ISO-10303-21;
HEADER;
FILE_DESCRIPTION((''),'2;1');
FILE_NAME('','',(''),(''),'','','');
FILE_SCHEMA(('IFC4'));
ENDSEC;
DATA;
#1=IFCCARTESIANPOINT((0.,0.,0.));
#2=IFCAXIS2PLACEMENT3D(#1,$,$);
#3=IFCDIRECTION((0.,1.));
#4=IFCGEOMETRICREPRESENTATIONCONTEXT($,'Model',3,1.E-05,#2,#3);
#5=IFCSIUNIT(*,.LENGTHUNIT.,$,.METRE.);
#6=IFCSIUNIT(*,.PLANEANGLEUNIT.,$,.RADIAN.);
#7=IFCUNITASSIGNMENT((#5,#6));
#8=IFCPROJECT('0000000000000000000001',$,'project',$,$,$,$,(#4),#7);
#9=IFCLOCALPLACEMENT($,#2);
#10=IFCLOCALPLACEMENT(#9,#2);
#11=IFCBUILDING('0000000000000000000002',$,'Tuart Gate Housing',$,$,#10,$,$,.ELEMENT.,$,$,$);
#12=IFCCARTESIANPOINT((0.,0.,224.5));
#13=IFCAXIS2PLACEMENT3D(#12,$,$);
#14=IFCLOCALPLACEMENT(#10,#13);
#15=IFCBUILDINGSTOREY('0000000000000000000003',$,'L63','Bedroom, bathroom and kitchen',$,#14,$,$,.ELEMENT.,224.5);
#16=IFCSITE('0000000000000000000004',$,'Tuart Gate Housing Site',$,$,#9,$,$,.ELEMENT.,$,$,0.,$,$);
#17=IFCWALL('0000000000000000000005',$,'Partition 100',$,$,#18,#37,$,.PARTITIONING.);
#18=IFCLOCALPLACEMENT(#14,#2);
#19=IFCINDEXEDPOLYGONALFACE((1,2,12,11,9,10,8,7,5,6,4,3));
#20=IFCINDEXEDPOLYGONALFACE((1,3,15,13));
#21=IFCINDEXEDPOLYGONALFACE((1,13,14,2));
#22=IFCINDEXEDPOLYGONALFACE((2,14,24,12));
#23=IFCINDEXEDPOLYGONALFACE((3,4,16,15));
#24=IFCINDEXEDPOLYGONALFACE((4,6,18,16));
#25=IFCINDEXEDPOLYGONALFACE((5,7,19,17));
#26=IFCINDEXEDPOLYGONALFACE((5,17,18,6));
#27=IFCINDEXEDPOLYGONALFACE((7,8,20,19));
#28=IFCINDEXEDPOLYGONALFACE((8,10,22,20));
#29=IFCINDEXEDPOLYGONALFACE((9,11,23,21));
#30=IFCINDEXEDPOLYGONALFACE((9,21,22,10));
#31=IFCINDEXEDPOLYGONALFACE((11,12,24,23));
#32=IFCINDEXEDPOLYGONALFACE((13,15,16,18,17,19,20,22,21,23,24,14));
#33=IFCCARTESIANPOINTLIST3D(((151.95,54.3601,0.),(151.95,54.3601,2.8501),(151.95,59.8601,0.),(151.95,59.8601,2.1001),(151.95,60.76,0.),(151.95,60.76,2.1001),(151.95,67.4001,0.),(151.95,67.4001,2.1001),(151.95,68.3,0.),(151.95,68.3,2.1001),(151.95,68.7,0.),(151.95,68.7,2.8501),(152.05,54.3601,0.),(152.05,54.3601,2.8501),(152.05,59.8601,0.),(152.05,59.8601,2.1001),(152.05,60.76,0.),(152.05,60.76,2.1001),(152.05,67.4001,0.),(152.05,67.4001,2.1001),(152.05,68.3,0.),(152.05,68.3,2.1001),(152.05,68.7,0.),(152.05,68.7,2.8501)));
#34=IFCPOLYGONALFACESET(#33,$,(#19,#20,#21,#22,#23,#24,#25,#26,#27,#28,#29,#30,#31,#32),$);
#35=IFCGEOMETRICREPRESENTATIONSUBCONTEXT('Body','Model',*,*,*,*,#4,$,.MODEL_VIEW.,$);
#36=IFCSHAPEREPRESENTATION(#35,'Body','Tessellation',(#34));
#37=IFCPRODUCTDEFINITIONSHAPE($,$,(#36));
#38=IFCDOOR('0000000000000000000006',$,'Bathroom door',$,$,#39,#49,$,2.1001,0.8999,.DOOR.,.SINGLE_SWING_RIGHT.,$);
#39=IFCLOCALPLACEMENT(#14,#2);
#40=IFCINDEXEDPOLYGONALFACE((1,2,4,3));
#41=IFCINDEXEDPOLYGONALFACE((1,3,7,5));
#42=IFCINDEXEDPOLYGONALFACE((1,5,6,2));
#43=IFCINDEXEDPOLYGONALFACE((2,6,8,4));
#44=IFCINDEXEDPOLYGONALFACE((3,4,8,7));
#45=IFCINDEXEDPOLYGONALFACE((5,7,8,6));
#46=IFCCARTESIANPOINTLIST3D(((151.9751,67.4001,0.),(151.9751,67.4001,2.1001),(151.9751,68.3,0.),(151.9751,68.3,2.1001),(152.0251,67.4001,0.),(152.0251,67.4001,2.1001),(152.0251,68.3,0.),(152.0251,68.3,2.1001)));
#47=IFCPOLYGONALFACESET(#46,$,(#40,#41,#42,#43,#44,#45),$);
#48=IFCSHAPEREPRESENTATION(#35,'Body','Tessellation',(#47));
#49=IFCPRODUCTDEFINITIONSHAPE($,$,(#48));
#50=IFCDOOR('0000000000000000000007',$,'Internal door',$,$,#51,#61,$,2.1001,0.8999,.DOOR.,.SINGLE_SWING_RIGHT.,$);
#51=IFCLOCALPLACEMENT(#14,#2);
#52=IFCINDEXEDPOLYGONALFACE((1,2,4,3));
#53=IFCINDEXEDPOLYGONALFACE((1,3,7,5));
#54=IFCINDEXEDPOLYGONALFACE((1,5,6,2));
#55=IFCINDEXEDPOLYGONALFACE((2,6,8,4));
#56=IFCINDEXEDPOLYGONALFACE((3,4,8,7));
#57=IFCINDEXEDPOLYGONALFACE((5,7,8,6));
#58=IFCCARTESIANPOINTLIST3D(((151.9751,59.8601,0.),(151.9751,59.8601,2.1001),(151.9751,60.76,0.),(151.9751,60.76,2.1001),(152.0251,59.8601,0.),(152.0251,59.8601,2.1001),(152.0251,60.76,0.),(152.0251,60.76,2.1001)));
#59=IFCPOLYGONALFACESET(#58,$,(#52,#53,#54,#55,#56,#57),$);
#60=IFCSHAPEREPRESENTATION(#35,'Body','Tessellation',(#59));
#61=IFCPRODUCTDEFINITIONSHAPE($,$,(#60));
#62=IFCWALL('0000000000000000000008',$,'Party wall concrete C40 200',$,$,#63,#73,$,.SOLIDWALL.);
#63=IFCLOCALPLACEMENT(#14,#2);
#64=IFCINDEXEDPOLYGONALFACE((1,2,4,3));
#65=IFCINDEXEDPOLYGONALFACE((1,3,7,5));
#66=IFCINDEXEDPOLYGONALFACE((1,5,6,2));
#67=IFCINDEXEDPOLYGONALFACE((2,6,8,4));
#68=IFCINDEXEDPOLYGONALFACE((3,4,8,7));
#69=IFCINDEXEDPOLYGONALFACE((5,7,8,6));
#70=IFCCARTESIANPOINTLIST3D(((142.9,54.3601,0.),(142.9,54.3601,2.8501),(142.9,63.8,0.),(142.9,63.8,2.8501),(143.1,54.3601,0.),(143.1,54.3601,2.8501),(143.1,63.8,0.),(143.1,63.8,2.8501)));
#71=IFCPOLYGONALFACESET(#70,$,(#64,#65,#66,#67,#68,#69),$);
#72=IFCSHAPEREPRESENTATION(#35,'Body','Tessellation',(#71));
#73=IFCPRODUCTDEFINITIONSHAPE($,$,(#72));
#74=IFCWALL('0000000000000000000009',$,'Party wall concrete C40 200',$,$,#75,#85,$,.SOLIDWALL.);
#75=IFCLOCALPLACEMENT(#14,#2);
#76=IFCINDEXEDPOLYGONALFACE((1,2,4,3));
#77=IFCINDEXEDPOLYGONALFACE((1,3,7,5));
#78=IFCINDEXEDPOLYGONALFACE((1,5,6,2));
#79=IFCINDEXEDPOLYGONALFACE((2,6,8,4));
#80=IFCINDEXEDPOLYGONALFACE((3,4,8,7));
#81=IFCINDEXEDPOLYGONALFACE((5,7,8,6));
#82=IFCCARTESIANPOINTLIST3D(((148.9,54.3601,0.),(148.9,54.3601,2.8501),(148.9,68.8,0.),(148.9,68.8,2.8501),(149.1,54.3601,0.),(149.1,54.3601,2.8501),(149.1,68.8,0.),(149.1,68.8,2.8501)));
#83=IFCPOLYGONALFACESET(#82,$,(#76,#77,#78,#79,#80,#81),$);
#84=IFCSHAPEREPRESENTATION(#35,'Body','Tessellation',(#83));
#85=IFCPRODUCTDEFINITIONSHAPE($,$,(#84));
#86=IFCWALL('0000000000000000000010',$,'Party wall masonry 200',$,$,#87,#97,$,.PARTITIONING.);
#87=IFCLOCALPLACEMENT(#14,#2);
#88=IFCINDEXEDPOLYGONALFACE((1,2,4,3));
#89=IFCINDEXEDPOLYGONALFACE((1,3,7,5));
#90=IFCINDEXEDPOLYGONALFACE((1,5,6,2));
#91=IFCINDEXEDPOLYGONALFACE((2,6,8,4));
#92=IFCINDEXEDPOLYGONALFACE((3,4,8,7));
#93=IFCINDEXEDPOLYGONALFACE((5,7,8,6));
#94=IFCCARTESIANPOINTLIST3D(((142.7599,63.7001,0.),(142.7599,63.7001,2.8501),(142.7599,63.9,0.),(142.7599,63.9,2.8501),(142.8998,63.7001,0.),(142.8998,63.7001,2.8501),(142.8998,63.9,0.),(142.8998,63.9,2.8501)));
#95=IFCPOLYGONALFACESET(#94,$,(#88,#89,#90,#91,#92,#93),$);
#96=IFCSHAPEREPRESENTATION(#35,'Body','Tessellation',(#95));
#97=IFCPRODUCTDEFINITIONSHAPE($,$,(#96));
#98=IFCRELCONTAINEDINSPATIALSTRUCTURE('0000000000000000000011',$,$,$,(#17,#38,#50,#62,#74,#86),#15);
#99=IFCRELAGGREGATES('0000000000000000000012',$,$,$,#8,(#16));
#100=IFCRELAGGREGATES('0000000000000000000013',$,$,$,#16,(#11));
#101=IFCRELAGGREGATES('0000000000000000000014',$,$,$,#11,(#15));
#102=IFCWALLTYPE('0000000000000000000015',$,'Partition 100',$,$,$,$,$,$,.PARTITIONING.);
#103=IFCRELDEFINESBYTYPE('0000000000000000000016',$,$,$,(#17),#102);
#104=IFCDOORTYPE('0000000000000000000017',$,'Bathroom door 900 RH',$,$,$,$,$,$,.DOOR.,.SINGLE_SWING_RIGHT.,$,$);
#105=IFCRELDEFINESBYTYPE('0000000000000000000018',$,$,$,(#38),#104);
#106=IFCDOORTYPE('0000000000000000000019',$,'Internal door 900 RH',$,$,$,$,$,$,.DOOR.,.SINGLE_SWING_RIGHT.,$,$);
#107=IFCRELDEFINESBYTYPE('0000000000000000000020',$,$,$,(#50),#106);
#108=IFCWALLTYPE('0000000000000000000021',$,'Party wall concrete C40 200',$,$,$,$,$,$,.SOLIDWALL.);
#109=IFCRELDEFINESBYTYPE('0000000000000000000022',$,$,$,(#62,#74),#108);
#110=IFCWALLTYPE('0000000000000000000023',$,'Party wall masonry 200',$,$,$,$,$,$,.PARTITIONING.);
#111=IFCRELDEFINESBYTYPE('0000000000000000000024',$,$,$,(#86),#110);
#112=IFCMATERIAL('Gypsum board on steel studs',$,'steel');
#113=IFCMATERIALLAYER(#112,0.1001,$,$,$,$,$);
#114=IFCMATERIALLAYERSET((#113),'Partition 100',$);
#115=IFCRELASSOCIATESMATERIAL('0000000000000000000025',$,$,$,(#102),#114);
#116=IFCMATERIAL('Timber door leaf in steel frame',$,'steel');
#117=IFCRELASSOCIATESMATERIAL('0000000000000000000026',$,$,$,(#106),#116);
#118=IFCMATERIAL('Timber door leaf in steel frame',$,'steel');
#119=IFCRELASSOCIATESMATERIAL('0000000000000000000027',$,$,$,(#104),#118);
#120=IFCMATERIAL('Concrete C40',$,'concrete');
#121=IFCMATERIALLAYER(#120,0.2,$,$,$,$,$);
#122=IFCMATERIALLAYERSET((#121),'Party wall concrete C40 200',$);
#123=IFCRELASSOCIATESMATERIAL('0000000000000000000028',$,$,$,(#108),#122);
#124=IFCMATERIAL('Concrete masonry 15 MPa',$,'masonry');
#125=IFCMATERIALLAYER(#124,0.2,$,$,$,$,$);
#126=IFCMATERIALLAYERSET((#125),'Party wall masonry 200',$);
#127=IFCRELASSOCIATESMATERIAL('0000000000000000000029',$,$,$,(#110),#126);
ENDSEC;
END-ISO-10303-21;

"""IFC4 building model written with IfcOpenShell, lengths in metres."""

from ifc_helpers import new_model, si_unit, direction, frame, frame_2d, origin, place, context, subcontext, project, spatial, rectangle, extrude, material, layer, layer_set, type_object, element, fill, save


model = new_model("IFC4")

# Units and contexts
model_context = context("Model", 3, precision=1e-05, world=origin(), true_north=direction((0.0, 1.0)))
body_context = subcontext(model_context, "Body", "Model", "MODEL_VIEW")
ifc_project = project(units=[si_unit("LENGTHUNIT", "METRE"), si_unit("PLANEANGLEUNIT", "RADIAN")], contexts=[model_context])

# Site, building, storey
site_placement = place(None, origin())
site = spatial("IfcSite", under=ifc_project, at=site_placement, Name="Tuart Gate Housing Site", CompositionType="ELEMENT", RefElevation=0.0)
building_placement = place(site_placement, origin())
building = spatial("IfcBuilding", under=site, at=building_placement, Name="Tuart Gate Housing", CompositionType="ELEMENT")
storey_placement = place(building_placement, frame((0.0, 0.0, 224.5)))
storey = spatial("IfcBuildingStorey", under=building, at=storey_placement, Name="L63", Description="Bedroom, bathroom and kitchen", CompositionType="ELEMENT", Elevation=224.5)

# Shared definitions
ifc_material_1 = material(Name="Gypsum board on steel studs", Category="steel")
ifc_layer_1 = layer(ifc_material_1, 0.1001)
ifc_layer_set_1 = layer_set([ifc_layer_1], Name="Partition 100")
wall_type_1 = type_object("IfcWallType", Name="Partition 100", PredefinedType="PARTITIONING", material=ifc_layer_set_1)
ifc_material_2 = material(Name="Timber door leaf in steel frame", Category="steel")
door_type_1 = type_object("IfcDoorType", Name="Internal door 900 RH", OperationType="SINGLE_SWING_RIGHT", PredefinedType="DOOR", material=ifc_material_2)

# Wall, openings, doors
wall_1_placement = place(storey_placement, frame((152.0, 54.3601, 0.0), z_axis=(0.0, 0.0, 1.0), x_axis=(0.0, 1.0, 0.0)))
wall_1 = element("IfcWall", 1, at=wall_1_placement, inside=storey, type_object=wall_type_1, Name="Partition 100", PredefinedType="PARTITIONING", context=body_context, shape_type="SweptSolid", body=[
    extrude(rectangle(XDim=14.3398, YDim=0.1001, at=frame_2d((7.1699, 0.0))), origin(), (0.0, 0.0, 1.0), 2.8501),
])
opening_1_placement = place(wall_1_placement, frame((5.5, 0.0, 0.0)))
opening_1 = element("IfcOpeningElement", 2, at=opening_1_placement, cuts=wall_1, PredefinedType="OPENING", context=body_context, shape_type="SweptSolid", body=[
    extrude(rectangle(XDim=0.8999, YDim=2.1001, at=frame_2d((0.45, 1.05))), frame((0.0, 0.0601, 0.0), z_axis=(0.0, -1.0, 0.0), x_axis=(1.0, 0.0, 0.0)), (0.0, 0.0, 1.0), 0.1201),
])
opening_2_placement = place(wall_1_placement, frame((13.04, 0.0, 0.0)))
opening_2 = element("IfcOpeningElement", 3, at=opening_2_placement, cuts=wall_1, PredefinedType="OPENING", context=body_context, shape_type="SweptSolid", body=[
    extrude(rectangle(XDim=0.8999, YDim=2.1001, at=frame_2d((0.45, 1.05))), frame((0.0, 0.0601, 0.0), z_axis=(0.0, -1.0, 0.0), x_axis=(1.0, 0.0, 0.0)), (0.0, 0.0, 1.0), 0.1201),
])
ifc_material_3 = material(Name="Timber door leaf in steel frame", Category="steel")
door_type_2 = type_object("IfcDoorType", Name="Bathroom door 900 RH", OperationType="SINGLE_SWING_RIGHT", PredefinedType="DOOR", material=ifc_material_3)
door_1_placement = place(opening_2_placement, origin())
door_1 = element("IfcDoor", 4, at=door_1_placement, inside=storey, type_object=door_type_2, Name="Bathroom door", OperationType="SINGLE_SWING_RIGHT", OverallHeight=2.1001, OverallWidth=0.8999, PredefinedType="DOOR", context=body_context, shape_type="SweptSolid", body=[
    extrude(rectangle(XDim=0.8999, YDim=2.1001, at=frame_2d((0.45, 1.05))), frame((0.0, 0.0249, 0.0), z_axis=(0.0, -1.0, 0.0), x_axis=(1.0, 0.0, 0.0)), (0.0, 0.0, 1.0), 0.05),
])
fill(opening_2, door_1)
door_2_placement = place(opening_1_placement, origin())
door_2 = element("IfcDoor", 5, at=door_2_placement, inside=storey, type_object=door_type_1, Name="Internal door", OperationType="SINGLE_SWING_RIGHT", OverallHeight=2.1001, OverallWidth=0.8999, PredefinedType="DOOR", context=body_context, shape_type="SweptSolid", body=[
    extrude(rectangle(XDim=0.8999, YDim=2.1001, at=frame_2d((0.45, 1.05))), frame((0.0, 0.0249, 0.0), z_axis=(0.0, -1.0, 0.0), x_axis=(1.0, 0.0, 0.0)), (0.0, 0.0, 1.0), 0.05),
])
fill(opening_1, door_2)

# Walls
ifc_material_4 = material(Name="Concrete C40", Category="concrete")
ifc_layer_2 = layer(ifc_material_4, 0.2)
ifc_layer_set_2 = layer_set([ifc_layer_2], Name="Party wall concrete C40 200")
wall_type_2 = type_object("IfcWallType", Name="Party wall concrete C40 200", PredefinedType="SOLIDWALL", material=ifc_layer_set_2)
wall_2_placement = place(storey_placement, frame((143.0, 54.3601, 0.0), z_axis=(0.0, 0.0, 1.0), x_axis=(0.0, 1.0, 0.0)))
element("IfcWall", 6, at=wall_2_placement, inside=storey, type_object=wall_type_2, Name="Party wall concrete C40 200", PredefinedType="SOLIDWALL", context=body_context, shape_type="SweptSolid", body=[
    extrude(rectangle(XDim=9.4399, YDim=0.2, at=frame_2d((4.72, 0.0))), origin(), (0.0, 0.0, 1.0), 2.8501),
])
wall_3_placement = place(storey_placement, frame((149.0, 54.3601, 0.0), z_axis=(0.0, 0.0, 1.0), x_axis=(0.0, 1.0, 0.0)))
element("IfcWall", 7, at=wall_3_placement, inside=storey, type_object=wall_type_2, Name="Party wall concrete C40 200", PredefinedType="SOLIDWALL", context=body_context, shape_type="SweptSolid", body=[
    extrude(rectangle(XDim=14.4399, YDim=0.2, at=frame_2d((7.22, 0.0))), origin(), (0.0, 0.0, 1.0), 2.8501),
])
ifc_material_5 = material(Name="Concrete masonry 15 MPa", Category="masonry")
ifc_layer_3 = layer(ifc_material_5, 0.2)
ifc_layer_set_3 = layer_set([ifc_layer_3], Name="Party wall masonry 200")
wall_type_3 = type_object("IfcWallType", Name="Party wall masonry 200", PredefinedType="PARTITIONING", material=ifc_layer_set_3)
wall_4_placement = place(storey_placement, frame((142.76, 63.8, 0.0), z_axis=(0.0, 0.0, 1.0), x_axis=(1.0, 0.0, 0.0)))
element("IfcWall", 8, at=wall_4_placement, inside=storey, type_object=wall_type_3, Name="Party wall masonry 200", PredefinedType="PARTITIONING", context=body_context, shape_type="SweptSolid", body=[
    extrude(rectangle(XDim=0.1399, YDim=0.2, at=frame_2d((0.0698, 0.0))), origin(), (0.0, 0.0, 1.0), 2.8501),
])

save(model, "model.ifc")
